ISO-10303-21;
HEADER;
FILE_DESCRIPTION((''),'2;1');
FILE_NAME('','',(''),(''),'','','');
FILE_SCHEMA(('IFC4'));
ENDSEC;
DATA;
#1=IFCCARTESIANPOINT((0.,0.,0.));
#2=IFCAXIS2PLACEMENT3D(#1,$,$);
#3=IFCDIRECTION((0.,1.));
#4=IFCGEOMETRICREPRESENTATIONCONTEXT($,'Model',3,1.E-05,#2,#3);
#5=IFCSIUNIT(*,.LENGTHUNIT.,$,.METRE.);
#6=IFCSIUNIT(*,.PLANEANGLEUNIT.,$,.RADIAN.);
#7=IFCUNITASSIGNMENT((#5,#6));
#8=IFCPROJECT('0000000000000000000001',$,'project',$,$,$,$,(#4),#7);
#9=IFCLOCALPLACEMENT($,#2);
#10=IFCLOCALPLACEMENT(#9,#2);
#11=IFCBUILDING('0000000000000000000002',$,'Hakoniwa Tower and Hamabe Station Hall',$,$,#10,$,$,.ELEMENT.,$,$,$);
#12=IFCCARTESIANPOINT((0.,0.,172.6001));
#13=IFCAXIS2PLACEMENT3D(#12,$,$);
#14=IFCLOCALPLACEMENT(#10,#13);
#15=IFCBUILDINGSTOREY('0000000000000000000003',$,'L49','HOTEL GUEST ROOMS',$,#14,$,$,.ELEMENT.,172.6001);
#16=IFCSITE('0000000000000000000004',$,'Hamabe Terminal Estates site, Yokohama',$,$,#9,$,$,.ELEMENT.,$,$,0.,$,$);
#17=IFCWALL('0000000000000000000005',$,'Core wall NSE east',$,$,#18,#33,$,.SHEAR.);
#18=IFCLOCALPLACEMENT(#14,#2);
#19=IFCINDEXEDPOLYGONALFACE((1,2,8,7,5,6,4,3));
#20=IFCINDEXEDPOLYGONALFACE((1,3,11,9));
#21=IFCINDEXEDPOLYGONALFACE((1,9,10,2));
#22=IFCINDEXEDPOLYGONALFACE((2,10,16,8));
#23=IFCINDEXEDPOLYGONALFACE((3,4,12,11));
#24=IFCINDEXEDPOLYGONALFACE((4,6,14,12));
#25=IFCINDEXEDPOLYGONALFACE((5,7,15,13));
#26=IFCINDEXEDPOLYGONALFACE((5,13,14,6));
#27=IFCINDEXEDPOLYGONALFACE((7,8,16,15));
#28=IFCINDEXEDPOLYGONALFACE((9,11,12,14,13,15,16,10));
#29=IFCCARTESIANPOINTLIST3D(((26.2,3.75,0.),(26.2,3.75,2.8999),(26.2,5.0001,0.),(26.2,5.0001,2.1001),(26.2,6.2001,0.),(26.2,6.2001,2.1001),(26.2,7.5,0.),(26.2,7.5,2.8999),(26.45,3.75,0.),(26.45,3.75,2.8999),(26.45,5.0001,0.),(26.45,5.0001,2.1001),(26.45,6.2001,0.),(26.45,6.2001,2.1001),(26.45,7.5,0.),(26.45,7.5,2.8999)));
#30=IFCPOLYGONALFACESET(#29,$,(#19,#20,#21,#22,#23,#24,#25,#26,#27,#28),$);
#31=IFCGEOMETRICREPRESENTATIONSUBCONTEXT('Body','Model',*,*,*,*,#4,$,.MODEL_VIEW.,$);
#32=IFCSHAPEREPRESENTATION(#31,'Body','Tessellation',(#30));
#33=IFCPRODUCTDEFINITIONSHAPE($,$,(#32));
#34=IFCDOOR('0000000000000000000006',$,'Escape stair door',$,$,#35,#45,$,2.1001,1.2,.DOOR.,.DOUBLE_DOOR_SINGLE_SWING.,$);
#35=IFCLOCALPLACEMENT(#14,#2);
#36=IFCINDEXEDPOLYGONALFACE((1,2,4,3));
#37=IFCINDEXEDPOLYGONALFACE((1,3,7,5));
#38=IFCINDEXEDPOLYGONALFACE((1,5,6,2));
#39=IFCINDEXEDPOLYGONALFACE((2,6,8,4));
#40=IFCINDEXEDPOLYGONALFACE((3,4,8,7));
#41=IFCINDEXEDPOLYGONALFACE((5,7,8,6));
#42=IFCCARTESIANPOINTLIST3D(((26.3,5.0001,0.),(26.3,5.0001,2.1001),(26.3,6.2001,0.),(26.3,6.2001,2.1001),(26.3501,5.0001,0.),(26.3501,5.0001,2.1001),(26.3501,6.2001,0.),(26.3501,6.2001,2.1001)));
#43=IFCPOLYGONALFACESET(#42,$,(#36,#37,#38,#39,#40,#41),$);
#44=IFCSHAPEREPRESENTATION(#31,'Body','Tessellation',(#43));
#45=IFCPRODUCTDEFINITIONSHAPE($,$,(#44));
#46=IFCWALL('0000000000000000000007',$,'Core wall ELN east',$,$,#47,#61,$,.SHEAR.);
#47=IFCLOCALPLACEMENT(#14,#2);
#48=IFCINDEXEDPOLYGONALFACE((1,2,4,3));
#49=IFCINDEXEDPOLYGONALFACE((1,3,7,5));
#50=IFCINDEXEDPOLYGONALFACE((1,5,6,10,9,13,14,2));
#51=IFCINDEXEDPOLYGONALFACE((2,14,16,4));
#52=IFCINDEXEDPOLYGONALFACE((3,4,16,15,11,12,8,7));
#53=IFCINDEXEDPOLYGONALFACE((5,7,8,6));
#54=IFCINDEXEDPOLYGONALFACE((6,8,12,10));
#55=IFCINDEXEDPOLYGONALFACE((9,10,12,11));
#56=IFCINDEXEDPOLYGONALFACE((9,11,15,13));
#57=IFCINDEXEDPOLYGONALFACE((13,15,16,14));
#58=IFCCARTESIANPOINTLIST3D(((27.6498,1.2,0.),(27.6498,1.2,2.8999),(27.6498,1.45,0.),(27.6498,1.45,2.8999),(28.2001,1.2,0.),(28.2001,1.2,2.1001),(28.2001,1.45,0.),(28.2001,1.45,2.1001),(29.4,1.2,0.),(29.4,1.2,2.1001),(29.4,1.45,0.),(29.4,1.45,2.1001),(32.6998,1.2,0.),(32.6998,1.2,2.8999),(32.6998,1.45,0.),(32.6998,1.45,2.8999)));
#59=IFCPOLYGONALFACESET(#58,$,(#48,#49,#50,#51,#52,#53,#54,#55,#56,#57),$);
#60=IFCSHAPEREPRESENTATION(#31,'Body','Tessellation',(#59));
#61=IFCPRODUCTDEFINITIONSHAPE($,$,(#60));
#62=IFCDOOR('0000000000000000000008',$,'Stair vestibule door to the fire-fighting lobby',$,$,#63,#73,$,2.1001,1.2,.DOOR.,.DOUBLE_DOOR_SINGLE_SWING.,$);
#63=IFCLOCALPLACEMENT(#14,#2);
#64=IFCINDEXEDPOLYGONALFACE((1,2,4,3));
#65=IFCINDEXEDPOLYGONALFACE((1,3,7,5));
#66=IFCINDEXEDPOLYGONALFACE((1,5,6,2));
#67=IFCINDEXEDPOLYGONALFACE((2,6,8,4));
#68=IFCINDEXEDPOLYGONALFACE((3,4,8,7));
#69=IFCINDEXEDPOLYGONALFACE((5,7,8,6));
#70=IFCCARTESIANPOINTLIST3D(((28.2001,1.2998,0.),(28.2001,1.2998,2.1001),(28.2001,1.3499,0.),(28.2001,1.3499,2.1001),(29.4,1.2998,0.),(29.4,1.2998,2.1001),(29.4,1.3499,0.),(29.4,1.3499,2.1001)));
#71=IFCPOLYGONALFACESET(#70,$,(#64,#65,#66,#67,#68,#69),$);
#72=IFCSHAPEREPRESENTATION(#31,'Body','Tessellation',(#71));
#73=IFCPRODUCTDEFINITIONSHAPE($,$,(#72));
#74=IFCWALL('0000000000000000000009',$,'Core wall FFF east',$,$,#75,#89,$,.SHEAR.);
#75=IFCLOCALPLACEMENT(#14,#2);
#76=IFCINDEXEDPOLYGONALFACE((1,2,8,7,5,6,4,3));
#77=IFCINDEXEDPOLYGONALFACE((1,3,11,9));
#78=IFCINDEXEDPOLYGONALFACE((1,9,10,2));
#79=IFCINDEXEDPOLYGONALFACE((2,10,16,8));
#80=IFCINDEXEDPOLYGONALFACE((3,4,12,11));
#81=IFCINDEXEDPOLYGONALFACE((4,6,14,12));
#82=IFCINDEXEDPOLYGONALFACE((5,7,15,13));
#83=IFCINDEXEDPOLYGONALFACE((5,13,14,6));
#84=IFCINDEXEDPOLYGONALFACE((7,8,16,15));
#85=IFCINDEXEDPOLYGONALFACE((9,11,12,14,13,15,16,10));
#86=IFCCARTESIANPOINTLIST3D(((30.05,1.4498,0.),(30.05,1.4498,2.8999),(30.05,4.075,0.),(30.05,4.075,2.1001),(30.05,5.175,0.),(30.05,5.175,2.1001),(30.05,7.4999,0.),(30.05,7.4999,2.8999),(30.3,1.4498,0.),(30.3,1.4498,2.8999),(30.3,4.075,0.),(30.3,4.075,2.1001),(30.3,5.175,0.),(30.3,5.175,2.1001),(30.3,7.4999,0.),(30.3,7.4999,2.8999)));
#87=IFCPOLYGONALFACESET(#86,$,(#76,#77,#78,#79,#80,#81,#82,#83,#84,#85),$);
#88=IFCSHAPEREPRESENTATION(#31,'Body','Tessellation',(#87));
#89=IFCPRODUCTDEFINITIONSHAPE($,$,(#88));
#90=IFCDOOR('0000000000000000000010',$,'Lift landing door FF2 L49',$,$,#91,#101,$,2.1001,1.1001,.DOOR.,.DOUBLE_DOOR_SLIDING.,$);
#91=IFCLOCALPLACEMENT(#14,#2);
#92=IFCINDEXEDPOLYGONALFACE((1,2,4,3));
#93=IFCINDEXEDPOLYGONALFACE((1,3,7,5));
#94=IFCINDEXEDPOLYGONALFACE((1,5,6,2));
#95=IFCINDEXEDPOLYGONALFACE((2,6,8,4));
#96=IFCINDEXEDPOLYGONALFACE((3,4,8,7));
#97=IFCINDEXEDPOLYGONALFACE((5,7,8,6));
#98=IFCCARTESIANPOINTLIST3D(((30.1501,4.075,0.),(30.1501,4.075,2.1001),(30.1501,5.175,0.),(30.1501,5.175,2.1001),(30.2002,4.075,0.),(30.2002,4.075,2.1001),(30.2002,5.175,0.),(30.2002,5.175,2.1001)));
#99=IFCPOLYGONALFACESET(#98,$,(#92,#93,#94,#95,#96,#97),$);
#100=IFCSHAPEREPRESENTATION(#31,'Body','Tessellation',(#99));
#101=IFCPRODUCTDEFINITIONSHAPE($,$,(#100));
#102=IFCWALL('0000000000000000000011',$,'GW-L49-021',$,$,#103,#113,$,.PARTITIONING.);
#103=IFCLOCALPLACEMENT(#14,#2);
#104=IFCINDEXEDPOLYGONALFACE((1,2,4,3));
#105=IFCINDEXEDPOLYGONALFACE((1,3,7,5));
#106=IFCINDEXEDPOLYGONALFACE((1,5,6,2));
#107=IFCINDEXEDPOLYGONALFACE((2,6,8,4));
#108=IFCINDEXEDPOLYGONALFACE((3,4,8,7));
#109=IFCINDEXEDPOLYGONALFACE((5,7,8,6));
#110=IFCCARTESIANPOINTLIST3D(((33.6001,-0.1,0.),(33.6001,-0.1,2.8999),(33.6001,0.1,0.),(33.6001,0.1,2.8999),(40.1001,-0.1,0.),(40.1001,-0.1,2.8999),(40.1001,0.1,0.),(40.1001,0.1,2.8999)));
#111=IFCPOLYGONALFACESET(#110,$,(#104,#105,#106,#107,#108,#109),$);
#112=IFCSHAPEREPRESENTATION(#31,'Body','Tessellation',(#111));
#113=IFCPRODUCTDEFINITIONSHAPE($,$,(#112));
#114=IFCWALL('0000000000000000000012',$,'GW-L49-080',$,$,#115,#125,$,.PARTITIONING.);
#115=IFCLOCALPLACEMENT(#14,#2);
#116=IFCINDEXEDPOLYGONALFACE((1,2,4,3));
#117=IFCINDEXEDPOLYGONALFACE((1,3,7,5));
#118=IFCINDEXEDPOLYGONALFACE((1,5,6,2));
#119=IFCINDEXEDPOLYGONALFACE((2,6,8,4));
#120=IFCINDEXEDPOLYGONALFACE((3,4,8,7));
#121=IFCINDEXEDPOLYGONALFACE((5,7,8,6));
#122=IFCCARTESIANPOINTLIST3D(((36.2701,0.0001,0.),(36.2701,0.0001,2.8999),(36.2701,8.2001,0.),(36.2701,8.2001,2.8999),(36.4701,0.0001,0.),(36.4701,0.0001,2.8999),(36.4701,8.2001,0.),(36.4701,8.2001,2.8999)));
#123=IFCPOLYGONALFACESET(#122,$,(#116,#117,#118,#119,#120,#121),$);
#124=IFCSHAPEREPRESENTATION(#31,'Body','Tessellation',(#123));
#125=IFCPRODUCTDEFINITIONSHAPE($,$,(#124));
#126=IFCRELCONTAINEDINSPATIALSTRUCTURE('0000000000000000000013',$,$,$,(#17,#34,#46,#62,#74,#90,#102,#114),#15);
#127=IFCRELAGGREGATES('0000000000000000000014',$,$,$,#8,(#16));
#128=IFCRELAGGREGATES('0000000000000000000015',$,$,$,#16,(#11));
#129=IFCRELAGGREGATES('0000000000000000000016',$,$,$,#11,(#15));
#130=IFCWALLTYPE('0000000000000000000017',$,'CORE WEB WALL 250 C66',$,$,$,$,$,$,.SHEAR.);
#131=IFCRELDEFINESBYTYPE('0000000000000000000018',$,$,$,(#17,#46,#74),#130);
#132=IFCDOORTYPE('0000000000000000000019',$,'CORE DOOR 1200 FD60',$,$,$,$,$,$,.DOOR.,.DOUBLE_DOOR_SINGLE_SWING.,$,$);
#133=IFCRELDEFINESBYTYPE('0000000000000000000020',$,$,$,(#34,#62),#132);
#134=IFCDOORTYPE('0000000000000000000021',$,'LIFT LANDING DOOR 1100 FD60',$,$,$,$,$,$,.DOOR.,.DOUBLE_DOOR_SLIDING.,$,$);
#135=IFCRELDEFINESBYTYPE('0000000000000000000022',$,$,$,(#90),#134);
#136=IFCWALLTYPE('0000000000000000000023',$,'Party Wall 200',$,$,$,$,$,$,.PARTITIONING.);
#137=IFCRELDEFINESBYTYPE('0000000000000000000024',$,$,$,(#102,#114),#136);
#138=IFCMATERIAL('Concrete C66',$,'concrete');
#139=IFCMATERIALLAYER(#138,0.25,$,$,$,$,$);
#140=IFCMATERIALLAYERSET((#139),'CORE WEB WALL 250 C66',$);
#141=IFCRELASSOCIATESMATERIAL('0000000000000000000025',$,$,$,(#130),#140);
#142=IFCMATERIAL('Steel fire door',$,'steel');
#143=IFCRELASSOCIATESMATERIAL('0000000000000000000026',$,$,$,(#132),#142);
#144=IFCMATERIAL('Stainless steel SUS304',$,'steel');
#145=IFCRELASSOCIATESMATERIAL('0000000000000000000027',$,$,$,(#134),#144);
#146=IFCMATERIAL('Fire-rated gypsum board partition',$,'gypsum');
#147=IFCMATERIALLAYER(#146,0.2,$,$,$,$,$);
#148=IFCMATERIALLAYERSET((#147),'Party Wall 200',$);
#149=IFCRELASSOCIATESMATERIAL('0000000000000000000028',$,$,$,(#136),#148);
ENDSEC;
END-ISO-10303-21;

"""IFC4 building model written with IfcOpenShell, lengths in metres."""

from ifc_helpers import new_model, si_unit, direction, frame, frame_2d, origin, place, context, subcontext, project, spatial, rectangle, extrude, material, layer, layer_set, type_object, element, fill, save


model = new_model("IFC4")

# Units and contexts
model_context = context("Model", 3, precision=1e-05, world=origin(), true_north=direction((0.0, 1.0)))
body_context = subcontext(model_context, "Body", "Model", "MODEL_VIEW")
ifc_project = project(units=[si_unit("LENGTHUNIT", "METRE"), si_unit("PLANEANGLEUNIT", "RADIAN")], contexts=[model_context])

# Site, building, storey
site_placement = place(None, origin())
site = spatial("IfcSite", under=ifc_project, at=site_placement, Name="Hamabe Terminal Estates site, Yokohama", CompositionType="ELEMENT", RefElevation=0.0)
building_placement = place(site_placement, origin())
building = spatial("IfcBuilding", under=site, at=building_placement, Name="Hakoniwa Tower and Hamabe Station Hall", CompositionType="ELEMENT")
storey_placement = place(building_placement, frame((0.0, 0.0, 172.6001)))
storey = spatial("IfcBuildingStorey", under=building, at=storey_placement, Name="L49", Description="HOTEL GUEST ROOMS", CompositionType="ELEMENT", Elevation=172.6001)

# Shared definitions
ifc_material_1 = material(Name="Concrete C66", Category="concrete")
ifc_layer_1 = layer(ifc_material_1, 0.25)
ifc_layer_set_1 = layer_set([ifc_layer_1], Name="CORE WEB WALL 250 C66")
wall_type_1 = type_object("IfcWallType", Name="CORE WEB WALL 250 C66", PredefinedType="SHEAR", material=ifc_layer_set_1)

# Walls, openings, doors
wall_1_placement = place(storey_placement, frame((26.325, 3.75, 0.0), z_axis=(0.0, 0.0, 1.0), x_axis=(0.0, 1.0, 0.0)))
wall_1 = element("IfcWall", 1, at=wall_1_placement, inside=storey, type_object=wall_type_1, Name="Core wall NSE east", PredefinedType="SHEAR", context=body_context, shape_type="SweptSolid", body=[
    extrude(rectangle(XDim=3.75, YDim=0.25, at=frame_2d((1.875, 0.0))), origin(), (0.0, 0.0, 1.0), 2.8999),
])
opening_1_placement = place(wall_1_placement, frame((1.25, 0.0, 0.0)))
opening_1 = element("IfcOpeningElement", 2, at=opening_1_placement, cuts=wall_1, PredefinedType="OPENING", context=body_context, shape_type="SweptSolid", body=[
    extrude(rectangle(XDim=1.2, YDim=2.1001, at=frame_2d((0.6001, 1.05))), frame((0.0, 0.135, 0.0), z_axis=(0.0, -1.0, 0.0), x_axis=(1.0, 0.0, 0.0)), (0.0, 0.0, 1.0), 0.27),
])
ifc_material_2 = material(Name="Steel fire door", Category="steel")
door_type_1 = type_object("IfcDoorType", Name="CORE DOOR 1200 FD60", OperationType="DOUBLE_DOOR_SINGLE_SWING", PredefinedType="DOOR", material=ifc_material_2)
door_1_placement = place(opening_1_placement, origin())
door_1 = element("IfcDoor", 3, at=door_1_placement, inside=storey, type_object=door_type_1, Name="Escape stair door", OperationType="DOUBLE_DOOR_SINGLE_SWING", OverallHeight=2.1001, OverallWidth=1.2, PredefinedType="DOOR", context=body_context, shape_type="SweptSolid", body=[
    extrude(rectangle(XDim=1.2, YDim=2.1001, at=frame_2d((0.6001, 1.05))), frame((0.0, 0.0249, 0.0), z_axis=(0.0, -1.0, 0.0), x_axis=(1.0, 0.0, 0.0)), (0.0, 0.0, 1.0), 0.05),
])
fill(opening_1, door_1)
wall_2_placement = place(storey_placement, frame((27.6499, 1.325, 0.0), z_axis=(0.0, 0.0, 1.0), x_axis=(1.0, 0.0, 0.0)))
wall_2 = element("IfcWall", 4, at=wall_2_placement, inside=storey, type_object=wall_type_1, Name="Core wall ELN east", PredefinedType="SHEAR", context=body_context, shape_type="SweptSolid", body=[
    extrude(rectangle(XDim=5.05, YDim=0.25, at=frame_2d((2.5249, 0.0))), origin(), (0.0, 0.0, 1.0), 2.8999),
])
opening_2_placement = place(wall_2_placement, frame((0.55, 0.0, 0.0)))
opening_2 = element("IfcOpeningElement", 5, at=opening_2_placement, cuts=wall_2, PredefinedType="OPENING", context=body_context, shape_type="SweptSolid", body=[
    extrude(rectangle(XDim=1.2, YDim=2.1001, at=frame_2d((0.6001, 1.05))), frame((0.0, 0.135, 0.0), z_axis=(0.0, -1.0, 0.0), x_axis=(1.0, 0.0, 0.0)), (0.0, 0.0, 1.0), 0.27),
])
door_2_placement = place(opening_2_placement, origin())
door_2 = element("IfcDoor", 6, at=door_2_placement, inside=storey, type_object=door_type_1, Name="Stair vestibule door to the fire-fighting lobby", OperationType="DOUBLE_DOOR_SINGLE_SWING", OverallHeight=2.1001, OverallWidth=1.2, PredefinedType="DOOR", context=body_context, shape_type="SweptSolid", body=[
    extrude(rectangle(XDim=1.2, YDim=2.1001, at=frame_2d((0.6001, 1.05))), frame((0.0, 0.0249, 0.0), z_axis=(0.0, -1.0, 0.0), x_axis=(1.0, 0.0, 0.0)), (0.0, 0.0, 1.0), 0.05),
])
fill(opening_2, door_2)
wall_3_placement = place(storey_placement, frame((30.175, 1.45, 0.0), z_axis=(0.0, 0.0, 1.0), x_axis=(0.0, 1.0, 0.0)))
wall_3 = element("IfcWall", 7, at=wall_3_placement, inside=storey, type_object=wall_type_1, Name="Core wall FFF east", PredefinedType="SHEAR", context=body_context, shape_type="SweptSolid", body=[
    extrude(rectangle(XDim=6.05, YDim=0.25, at=frame_2d((3.0249, 0.0))), origin(), (0.0, 0.0, 1.0), 2.8999),
])
opening_3_placement = place(wall_3_placement, frame((2.625, 0.0, 0.0)))
opening_3 = element("IfcOpeningElement", 8, at=opening_3_placement, cuts=wall_3, PredefinedType="OPENING", context=body_context, shape_type="SweptSolid", body=[
    extrude(rectangle(XDim=1.1001, YDim=2.1001, at=frame_2d((0.55, 1.05))), frame((0.0, 0.135, 0.0), z_axis=(0.0, -1.0, 0.0), x_axis=(1.0, 0.0, 0.0)), (0.0, 0.0, 1.0), 0.27),
])
ifc_material_3 = material(Name="Stainless steel SUS304", Category="steel")
door_type_2 = type_object("IfcDoorType", Name="LIFT LANDING DOOR 1100 FD60", OperationType="DOUBLE_DOOR_SLIDING", PredefinedType="DOOR", material=ifc_material_3)
door_3_placement = place(opening_3_placement, origin())
door_3 = element("IfcDoor", 9, at=door_3_placement, inside=storey, type_object=door_type_2, Name="Lift landing door FF2 L49", OperationType="DOUBLE_DOOR_SLIDING", OverallHeight=2.1001, OverallWidth=1.1001, PredefinedType="DOOR", context=body_context, shape_type="SweptSolid", body=[
    extrude(rectangle(XDim=1.1001, YDim=2.1001, at=frame_2d((0.55, 1.05))), frame((0.0, 0.0249, 0.0), z_axis=(0.0, -1.0, 0.0), x_axis=(1.0, 0.0, 0.0)), (0.0, 0.0, 1.0), 0.05),
])
fill(opening_3, door_3)

# Walls
ifc_material_4 = material(Name="Fire-rated gypsum board partition", Category="gypsum")
ifc_layer_2 = layer(ifc_material_4, 0.2)
ifc_layer_set_2 = layer_set([ifc_layer_2], Name="Party Wall 200")
wall_type_2 = type_object("IfcWallType", Name="Party Wall 200", PredefinedType="PARTITIONING", material=ifc_layer_set_2)
wall_4_placement = place(storey_placement, frame((33.6001, 0.0, 0.0), z_axis=(0.0, 0.0, 1.0), x_axis=(1.0, 0.0, 0.0)))
element("IfcWall", 10, at=wall_4_placement, inside=storey, type_object=wall_type_2, Name="GW-L49-021", PredefinedType="PARTITIONING", context=body_context, shape_type="SweptSolid", body=[
    extrude(rectangle(XDim=6.5, YDim=0.2, at=frame_2d((3.25, 0.0))), origin(), (0.0, 0.0, 1.0), 2.8999),
])
wall_5_placement = place(storey_placement, frame((36.3701, 0.0, 0.0), z_axis=(0.0, 0.0, 1.0), x_axis=(0.0, 1.0, 0.0)))
element("IfcWall", 11, at=wall_5_placement, inside=storey, type_object=wall_type_2, Name="GW-L49-080", PredefinedType="PARTITIONING", context=body_context, shape_type="SweptSolid", body=[
    extrude(rectangle(XDim=8.2, YDim=0.2, at=frame_2d((4.1001, 0.0))), origin(), (0.0, 0.0, 1.0), 2.8999),
])

save(model, "model.ifc")
